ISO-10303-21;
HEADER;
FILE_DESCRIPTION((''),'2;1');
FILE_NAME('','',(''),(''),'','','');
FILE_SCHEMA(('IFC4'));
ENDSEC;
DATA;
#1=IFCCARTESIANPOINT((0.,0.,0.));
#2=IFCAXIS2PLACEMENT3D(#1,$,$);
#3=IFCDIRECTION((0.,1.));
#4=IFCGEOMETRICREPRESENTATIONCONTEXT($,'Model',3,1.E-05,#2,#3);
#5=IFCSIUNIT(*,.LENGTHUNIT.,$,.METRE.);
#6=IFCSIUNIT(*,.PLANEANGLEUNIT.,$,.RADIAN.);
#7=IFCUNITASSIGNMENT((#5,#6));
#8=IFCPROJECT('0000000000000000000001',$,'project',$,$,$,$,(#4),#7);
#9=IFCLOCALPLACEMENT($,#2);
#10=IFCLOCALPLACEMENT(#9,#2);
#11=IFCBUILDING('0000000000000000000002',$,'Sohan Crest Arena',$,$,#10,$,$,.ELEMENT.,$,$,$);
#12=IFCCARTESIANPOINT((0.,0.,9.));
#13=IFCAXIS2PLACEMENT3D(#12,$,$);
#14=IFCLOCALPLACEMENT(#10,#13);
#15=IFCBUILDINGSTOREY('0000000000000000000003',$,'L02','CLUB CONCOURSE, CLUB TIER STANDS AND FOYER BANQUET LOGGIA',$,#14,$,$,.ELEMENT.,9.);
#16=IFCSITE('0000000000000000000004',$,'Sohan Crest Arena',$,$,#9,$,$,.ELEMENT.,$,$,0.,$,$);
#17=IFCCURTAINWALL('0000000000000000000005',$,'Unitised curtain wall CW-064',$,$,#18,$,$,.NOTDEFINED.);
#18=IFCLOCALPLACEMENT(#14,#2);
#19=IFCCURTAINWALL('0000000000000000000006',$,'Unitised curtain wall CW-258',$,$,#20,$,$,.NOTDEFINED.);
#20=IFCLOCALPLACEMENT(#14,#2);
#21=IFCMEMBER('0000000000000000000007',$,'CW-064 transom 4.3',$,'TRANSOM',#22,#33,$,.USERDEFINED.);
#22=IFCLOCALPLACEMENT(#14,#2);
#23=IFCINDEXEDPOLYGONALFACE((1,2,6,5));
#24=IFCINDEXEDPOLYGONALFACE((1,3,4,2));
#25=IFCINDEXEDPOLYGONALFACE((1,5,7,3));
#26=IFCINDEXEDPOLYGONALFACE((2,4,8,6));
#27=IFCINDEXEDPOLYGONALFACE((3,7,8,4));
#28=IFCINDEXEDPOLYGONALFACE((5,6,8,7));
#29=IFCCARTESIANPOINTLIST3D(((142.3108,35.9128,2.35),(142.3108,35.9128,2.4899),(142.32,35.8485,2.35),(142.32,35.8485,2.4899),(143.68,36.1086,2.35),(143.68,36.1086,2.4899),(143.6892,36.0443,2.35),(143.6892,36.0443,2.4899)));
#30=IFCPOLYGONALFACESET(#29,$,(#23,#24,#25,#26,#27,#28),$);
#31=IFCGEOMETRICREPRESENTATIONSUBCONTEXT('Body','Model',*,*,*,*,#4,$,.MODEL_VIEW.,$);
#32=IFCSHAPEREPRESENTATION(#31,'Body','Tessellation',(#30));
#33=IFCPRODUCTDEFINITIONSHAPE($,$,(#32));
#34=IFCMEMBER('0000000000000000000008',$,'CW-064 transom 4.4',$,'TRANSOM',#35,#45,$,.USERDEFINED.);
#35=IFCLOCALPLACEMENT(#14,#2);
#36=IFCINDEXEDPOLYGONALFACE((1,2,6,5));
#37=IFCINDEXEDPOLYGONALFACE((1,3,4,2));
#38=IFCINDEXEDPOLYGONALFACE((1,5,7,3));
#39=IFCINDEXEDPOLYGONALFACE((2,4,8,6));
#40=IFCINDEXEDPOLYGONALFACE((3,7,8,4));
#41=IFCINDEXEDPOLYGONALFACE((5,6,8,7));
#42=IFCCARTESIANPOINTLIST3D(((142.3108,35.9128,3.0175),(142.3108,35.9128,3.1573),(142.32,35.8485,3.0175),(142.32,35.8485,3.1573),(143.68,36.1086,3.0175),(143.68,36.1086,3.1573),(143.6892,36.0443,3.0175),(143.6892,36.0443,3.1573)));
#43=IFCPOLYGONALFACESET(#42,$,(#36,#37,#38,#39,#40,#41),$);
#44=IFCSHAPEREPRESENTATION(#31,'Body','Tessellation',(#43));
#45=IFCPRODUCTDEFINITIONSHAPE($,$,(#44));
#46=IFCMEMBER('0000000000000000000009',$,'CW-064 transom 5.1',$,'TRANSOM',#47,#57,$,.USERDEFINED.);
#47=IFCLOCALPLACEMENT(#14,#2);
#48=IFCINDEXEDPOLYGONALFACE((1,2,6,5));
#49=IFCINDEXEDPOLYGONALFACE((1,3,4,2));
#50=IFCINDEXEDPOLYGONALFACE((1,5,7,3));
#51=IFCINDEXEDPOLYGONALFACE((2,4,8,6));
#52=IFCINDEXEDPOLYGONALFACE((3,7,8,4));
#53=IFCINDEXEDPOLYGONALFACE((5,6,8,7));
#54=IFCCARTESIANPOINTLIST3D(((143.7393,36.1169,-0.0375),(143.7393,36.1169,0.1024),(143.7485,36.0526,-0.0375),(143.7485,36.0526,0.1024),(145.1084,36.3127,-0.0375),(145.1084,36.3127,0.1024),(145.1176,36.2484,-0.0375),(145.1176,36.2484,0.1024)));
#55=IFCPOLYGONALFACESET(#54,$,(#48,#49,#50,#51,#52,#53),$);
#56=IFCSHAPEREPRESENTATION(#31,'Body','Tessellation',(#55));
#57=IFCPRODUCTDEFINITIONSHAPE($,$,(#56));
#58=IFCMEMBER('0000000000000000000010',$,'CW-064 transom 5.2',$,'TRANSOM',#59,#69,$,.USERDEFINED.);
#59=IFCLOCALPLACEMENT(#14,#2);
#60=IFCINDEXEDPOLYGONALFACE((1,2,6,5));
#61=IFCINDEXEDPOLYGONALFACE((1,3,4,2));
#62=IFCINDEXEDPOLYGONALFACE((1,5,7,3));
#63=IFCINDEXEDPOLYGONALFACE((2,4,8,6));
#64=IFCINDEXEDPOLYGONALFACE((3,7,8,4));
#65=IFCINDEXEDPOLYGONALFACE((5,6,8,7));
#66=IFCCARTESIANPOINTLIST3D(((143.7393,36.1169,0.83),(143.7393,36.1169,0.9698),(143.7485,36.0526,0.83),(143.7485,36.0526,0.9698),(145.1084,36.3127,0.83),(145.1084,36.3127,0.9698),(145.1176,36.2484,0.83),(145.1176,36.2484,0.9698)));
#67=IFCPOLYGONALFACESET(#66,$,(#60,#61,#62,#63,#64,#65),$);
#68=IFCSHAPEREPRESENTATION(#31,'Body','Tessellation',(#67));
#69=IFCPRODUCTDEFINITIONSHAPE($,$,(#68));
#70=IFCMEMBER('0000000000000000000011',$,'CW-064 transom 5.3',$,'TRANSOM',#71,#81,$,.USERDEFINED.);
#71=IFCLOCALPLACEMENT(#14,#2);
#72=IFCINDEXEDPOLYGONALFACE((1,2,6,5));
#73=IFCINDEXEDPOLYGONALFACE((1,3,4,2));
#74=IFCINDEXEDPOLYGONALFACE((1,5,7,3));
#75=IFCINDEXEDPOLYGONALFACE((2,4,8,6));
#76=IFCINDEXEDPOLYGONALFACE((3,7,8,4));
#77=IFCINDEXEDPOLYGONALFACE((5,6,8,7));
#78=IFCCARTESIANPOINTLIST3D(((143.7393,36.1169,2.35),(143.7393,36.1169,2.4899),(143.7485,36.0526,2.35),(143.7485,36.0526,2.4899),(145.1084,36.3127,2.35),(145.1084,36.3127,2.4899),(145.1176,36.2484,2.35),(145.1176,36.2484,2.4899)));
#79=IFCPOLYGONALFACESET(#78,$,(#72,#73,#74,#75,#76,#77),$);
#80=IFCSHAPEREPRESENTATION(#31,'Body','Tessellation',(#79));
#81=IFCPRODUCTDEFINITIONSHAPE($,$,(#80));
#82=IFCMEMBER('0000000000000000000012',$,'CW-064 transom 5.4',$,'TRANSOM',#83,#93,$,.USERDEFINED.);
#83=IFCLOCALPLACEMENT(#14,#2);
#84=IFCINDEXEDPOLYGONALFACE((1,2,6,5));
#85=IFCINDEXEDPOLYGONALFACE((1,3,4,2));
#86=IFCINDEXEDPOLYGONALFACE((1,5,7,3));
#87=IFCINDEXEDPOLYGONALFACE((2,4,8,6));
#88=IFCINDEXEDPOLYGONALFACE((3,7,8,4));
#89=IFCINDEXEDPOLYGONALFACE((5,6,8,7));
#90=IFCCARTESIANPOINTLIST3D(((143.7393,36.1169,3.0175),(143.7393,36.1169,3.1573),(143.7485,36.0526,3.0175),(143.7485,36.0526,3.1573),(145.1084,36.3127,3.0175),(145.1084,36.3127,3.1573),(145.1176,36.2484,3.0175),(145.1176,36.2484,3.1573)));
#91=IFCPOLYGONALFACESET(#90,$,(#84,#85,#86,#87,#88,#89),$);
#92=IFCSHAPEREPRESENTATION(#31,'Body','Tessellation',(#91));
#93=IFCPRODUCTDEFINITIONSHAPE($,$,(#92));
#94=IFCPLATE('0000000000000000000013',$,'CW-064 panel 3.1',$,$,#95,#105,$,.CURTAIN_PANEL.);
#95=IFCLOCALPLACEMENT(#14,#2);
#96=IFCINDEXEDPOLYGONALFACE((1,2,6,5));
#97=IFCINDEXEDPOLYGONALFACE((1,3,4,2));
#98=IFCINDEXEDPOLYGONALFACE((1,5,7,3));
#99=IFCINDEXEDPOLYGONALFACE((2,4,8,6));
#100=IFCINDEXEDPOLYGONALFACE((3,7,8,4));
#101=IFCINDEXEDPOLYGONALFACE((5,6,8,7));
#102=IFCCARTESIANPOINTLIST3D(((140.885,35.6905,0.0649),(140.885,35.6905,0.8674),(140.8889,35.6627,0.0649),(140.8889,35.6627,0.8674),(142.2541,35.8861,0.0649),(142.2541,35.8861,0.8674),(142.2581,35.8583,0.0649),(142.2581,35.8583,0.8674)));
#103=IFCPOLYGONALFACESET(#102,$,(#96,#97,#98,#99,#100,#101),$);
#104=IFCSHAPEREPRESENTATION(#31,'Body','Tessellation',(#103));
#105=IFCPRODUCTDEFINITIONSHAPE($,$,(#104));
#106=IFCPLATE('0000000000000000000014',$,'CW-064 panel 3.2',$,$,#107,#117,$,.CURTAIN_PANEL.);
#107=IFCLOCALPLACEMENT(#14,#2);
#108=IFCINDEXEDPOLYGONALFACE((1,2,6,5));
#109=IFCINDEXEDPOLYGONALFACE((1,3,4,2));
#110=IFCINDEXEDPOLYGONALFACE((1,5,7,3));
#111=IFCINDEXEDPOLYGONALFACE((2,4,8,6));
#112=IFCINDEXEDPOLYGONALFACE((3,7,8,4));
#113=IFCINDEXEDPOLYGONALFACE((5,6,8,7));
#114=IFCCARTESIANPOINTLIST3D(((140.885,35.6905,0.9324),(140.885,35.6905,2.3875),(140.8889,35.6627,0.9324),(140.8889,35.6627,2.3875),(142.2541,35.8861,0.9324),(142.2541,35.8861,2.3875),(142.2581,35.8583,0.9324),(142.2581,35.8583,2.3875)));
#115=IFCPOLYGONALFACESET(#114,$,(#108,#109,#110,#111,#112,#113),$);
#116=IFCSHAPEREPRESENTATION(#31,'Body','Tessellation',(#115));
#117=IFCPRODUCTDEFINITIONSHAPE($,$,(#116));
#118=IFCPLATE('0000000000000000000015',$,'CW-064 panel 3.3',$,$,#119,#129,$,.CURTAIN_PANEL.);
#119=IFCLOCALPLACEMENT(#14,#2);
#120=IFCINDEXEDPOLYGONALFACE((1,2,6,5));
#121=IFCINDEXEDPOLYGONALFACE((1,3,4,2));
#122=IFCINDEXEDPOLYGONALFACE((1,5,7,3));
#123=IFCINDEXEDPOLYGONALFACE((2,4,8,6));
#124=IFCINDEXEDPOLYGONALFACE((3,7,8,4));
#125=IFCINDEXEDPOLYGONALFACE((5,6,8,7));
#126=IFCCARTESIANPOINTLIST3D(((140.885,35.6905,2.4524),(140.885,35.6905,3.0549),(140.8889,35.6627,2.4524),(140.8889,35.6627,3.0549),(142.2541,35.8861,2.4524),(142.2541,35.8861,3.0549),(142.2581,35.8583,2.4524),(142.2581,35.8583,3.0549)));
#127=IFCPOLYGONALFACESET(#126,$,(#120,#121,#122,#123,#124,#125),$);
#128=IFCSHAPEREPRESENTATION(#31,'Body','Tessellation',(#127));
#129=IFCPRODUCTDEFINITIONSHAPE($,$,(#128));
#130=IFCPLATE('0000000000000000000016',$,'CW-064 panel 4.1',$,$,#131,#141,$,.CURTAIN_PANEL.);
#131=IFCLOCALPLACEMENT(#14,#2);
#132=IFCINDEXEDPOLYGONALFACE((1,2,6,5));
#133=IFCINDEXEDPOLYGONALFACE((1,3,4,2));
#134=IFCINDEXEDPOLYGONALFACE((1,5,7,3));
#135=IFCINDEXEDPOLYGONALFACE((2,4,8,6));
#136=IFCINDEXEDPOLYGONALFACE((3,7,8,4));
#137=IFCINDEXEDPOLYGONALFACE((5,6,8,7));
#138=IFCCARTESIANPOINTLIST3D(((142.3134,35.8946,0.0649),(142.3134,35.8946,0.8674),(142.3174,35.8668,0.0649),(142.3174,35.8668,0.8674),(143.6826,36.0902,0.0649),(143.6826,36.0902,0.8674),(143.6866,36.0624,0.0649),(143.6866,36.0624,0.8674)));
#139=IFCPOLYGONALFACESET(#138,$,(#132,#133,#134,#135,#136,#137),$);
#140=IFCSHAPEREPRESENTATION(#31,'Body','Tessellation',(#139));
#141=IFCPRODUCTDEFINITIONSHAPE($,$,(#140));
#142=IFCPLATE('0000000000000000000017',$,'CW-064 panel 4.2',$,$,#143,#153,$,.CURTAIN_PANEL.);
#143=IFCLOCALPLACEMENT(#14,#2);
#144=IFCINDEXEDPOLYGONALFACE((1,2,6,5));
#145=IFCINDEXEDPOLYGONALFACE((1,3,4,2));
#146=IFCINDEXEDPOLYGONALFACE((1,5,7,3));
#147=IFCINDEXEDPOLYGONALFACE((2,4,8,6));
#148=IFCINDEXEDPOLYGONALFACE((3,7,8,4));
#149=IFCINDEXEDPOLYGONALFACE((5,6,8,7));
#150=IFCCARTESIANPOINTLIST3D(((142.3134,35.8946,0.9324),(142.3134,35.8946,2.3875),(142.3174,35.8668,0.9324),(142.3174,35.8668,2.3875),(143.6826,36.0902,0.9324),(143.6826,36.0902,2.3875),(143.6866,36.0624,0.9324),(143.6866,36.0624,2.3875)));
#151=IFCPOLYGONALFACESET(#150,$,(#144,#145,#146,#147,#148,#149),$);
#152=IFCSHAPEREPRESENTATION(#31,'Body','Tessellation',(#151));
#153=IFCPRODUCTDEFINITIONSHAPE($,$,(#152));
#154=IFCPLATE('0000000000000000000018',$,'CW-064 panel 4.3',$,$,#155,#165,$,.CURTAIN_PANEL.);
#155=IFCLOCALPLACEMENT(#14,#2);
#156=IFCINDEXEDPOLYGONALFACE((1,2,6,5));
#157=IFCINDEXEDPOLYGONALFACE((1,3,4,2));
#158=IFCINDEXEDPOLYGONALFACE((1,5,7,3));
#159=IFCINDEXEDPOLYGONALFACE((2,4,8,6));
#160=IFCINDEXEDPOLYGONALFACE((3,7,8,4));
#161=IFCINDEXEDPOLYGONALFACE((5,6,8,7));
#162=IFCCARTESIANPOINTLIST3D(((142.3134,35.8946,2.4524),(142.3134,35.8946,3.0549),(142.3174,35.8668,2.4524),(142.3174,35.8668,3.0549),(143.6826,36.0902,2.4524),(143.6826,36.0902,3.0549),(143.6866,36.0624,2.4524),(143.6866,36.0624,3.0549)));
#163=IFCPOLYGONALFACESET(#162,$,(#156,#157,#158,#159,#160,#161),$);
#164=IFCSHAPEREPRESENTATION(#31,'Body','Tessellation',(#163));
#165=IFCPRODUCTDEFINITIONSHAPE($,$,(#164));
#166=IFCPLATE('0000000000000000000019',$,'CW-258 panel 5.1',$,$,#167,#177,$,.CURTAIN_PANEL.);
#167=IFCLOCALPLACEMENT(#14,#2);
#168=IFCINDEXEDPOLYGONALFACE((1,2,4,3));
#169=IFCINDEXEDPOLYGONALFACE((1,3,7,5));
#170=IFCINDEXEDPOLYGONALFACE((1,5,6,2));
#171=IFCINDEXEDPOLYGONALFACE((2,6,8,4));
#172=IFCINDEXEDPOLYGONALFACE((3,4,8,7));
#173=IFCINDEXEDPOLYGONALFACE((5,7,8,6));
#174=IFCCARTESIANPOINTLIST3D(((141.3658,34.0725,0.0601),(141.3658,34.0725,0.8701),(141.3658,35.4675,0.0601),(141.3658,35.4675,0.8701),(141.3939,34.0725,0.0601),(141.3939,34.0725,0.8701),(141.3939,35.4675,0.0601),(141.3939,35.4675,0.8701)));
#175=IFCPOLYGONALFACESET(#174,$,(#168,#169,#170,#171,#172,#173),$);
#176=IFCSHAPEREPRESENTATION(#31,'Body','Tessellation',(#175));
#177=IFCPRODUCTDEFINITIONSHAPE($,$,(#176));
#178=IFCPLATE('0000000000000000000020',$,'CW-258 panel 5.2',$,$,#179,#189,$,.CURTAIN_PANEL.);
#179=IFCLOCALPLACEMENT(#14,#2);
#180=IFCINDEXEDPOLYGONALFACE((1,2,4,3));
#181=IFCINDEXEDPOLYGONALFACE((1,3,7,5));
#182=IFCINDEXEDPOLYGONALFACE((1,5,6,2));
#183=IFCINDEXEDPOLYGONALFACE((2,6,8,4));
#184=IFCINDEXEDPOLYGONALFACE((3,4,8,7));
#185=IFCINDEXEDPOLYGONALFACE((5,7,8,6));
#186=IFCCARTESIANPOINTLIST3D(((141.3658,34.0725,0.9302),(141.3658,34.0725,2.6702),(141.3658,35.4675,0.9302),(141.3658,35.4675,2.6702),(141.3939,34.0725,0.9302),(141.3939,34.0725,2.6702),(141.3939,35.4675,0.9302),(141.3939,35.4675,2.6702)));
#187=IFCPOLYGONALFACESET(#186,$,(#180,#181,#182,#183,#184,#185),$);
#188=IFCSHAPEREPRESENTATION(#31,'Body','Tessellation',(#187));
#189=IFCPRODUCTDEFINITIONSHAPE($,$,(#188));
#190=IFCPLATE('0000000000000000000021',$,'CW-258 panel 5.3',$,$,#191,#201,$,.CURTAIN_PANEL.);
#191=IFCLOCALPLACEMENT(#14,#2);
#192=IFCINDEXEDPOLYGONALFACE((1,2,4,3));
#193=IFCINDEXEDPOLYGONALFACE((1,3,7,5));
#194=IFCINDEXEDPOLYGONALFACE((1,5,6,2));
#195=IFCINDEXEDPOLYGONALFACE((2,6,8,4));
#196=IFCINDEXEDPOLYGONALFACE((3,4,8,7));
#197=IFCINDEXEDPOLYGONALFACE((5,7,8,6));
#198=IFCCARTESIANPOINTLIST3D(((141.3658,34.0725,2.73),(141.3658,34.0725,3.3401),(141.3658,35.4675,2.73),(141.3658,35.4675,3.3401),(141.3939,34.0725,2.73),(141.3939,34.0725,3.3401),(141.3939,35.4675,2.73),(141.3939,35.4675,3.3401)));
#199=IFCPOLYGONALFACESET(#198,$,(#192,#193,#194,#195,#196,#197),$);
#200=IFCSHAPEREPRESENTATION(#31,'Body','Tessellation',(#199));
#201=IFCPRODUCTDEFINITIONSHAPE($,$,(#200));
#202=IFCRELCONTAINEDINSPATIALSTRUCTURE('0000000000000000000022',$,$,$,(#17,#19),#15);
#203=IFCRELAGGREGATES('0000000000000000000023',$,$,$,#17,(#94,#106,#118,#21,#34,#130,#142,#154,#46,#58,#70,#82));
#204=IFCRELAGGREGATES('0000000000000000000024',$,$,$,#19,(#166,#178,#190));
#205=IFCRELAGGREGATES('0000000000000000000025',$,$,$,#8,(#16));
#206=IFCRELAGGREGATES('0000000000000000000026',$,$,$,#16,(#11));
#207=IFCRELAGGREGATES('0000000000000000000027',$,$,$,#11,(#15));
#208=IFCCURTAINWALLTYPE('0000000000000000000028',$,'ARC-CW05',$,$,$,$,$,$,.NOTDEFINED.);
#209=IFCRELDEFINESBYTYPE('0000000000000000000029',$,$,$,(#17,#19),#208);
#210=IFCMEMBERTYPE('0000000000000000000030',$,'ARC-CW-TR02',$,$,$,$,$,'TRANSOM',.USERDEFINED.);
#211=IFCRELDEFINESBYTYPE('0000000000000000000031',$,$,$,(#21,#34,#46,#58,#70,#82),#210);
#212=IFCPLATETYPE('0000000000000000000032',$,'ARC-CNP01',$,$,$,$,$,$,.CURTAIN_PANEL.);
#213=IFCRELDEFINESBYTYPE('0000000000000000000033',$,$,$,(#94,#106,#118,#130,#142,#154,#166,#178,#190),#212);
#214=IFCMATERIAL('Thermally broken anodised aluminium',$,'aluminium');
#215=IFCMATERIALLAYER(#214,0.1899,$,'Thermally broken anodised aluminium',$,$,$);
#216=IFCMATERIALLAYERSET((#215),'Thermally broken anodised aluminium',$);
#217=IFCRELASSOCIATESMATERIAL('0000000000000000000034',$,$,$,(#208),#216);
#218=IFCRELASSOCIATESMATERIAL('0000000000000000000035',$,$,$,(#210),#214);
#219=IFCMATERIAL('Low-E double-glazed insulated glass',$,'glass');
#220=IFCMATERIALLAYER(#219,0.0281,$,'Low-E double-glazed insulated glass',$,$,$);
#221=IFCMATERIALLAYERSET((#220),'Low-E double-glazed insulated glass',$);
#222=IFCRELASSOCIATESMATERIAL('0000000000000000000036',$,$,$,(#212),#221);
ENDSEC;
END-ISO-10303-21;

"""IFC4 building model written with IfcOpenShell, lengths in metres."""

from ifc_helpers import new_model, si_unit, direction, frame, origin, origin_2d, place, context, subcontext, project, spatial, rectangle, extrude, material, layer, layer_set, material_profile, profile_set, type_object, element, aggregate, save


model = new_model("IFC4")

# Units and contexts
model_context = context("Model", 3, precision=1e-05, world=origin(), true_north=direction((0.0, 1.0)))
body_context = subcontext(model_context, "Body", "Model", "MODEL_VIEW")
ifc_project = project(units=[si_unit("LENGTHUNIT", "METRE"), si_unit("PLANEANGLEUNIT", "RADIAN")], contexts=[model_context])

# Site, building, storey
site_placement = place(None, origin())
site = spatial("IfcSite", under=ifc_project, at=site_placement, Name="Sohan Crest Arena", CompositionType="ELEMENT", RefElevation=0.0)
building_placement = place(site_placement, origin())
building = spatial("IfcBuilding", under=site, at=building_placement, Name="Sohan Crest Arena", CompositionType="ELEMENT")
storey_placement = place(building_placement, frame((0.0, 0.0, 9.0)))
storey = spatial("IfcBuildingStorey", under=building, at=storey_placement, Name="L02", Description="CLUB CONCOURSE, CLUB TIER STANDS AND FOYER BANQUET LOGGIA", CompositionType="ELEMENT", Elevation=9.0)

# Curtain walls
ifc_material_1 = material(Name="Thermally broken anodised aluminium", Category="aluminium")
ifc_layer_1 = layer(ifc_material_1, 0.1899, Name="Thermally broken anodised aluminium")
ifc_layer_set_1 = layer_set([ifc_layer_1], Name="Thermally broken anodised aluminium")
curtain_wall_type = type_object("IfcCurtainWallType", Name="ARC-CW05", PredefinedType="NOTDEFINED", material=ifc_layer_set_1)
curtain_wall_1_placement = place(storey_placement, origin())
curtain_wall_1 = element("IfcCurtainWall", 1, at=curtain_wall_1_placement, inside=storey, type_object=curtain_wall_type, Name="Unitised curtain wall CW-064", PredefinedType="NOTDEFINED")
curtain_wall_2_placement = place(storey_placement, origin())
curtain_wall_2 = element("IfcCurtainWall", 2, at=curtain_wall_2_placement, inside=storey, type_object=curtain_wall_type, Name="Unitised curtain wall CW-258", PredefinedType="NOTDEFINED")

# Members
ifc_material_profile_1 = material_profile(ifc_material_1, rectangle(XDim=0.0649, YDim=0.1399, at=origin_2d()), Name="ALU-TRAN 65x140")
ifc_profile_set_1 = profile_set([ifc_material_profile_1], Name="Thermally broken anodised aluminium")
member_type_1 = type_object("IfcMemberType", Name="ARC-CW-TR02", ElementType="TRANSOM", PredefinedType="USERDEFINED", material=ifc_profile_set_1)
member_1_placement = place(storey_placement, frame((142.3154, 35.8806, 2.4199), z_axis=(0.989928, 0.14157, 0.0), x_axis=(-0.14157, 0.989928, 0.0)))
member_1 = element("IfcMember", 3, at=member_1_placement, type_object=member_type_1, Name="CW-064 transom 4.3", ObjectType="TRANSOM", PredefinedType="USERDEFINED", context=body_context, shape_type="SweptSolid", body=[
    extrude(rectangle(XDim=0.0649, YDim=0.1399, at=origin_2d()), origin(), (0.0, 0.0, 1.0), 1.3831),
])
member_2_placement = place(storey_placement, frame((142.3154, 35.8806, 3.0874), z_axis=(0.989928, 0.14157, 0.0), x_axis=(-0.14157, 0.989928, 0.0)))
member_2 = element("IfcMember", 4, at=member_2_placement, type_object=member_type_1, Name="CW-064 transom 4.4", ObjectType="TRANSOM", PredefinedType="USERDEFINED", context=body_context, shape_type="SweptSolid", body=[
    extrude(rectangle(XDim=0.0649, YDim=0.1399, at=origin_2d()), origin(), (0.0, 0.0, 1.0), 1.3831),
])
member_3_placement = place(storey_placement, frame((143.7439, 36.0847, 0.0325), z_axis=(0.989928, 0.14157, 0.0), x_axis=(-0.14157, 0.989928, 0.0)))
member_3 = element("IfcMember", 5, at=member_3_placement, type_object=member_type_1, Name="CW-064 transom 5.1", ObjectType="TRANSOM", PredefinedType="USERDEFINED", context=body_context, shape_type="SweptSolid", body=[
    extrude(rectangle(XDim=0.0649, YDim=0.1399, at=origin_2d()), origin(), (0.0, 0.0, 1.0), 1.3831),
])
member_4_placement = place(storey_placement, frame((143.7439, 36.0847, 0.8999), z_axis=(0.989928, 0.14157, 0.0), x_axis=(-0.14157, 0.989928, 0.0)))
member_4 = element("IfcMember", 6, at=member_4_placement, type_object=member_type_1, Name="CW-064 transom 5.2", ObjectType="TRANSOM", PredefinedType="USERDEFINED", context=body_context, shape_type="SweptSolid", body=[
    extrude(rectangle(XDim=0.0649, YDim=0.1399, at=origin_2d()), origin(), (0.0, 0.0, 1.0), 1.3831),
])
member_5_placement = place(storey_placement, frame((143.7439, 36.0847, 2.4199), z_axis=(0.989928, 0.14157, 0.0), x_axis=(-0.14157, 0.989928, 0.0)))
member_5 = element("IfcMember", 7, at=member_5_placement, type_object=member_type_1, Name="CW-064 transom 5.3", ObjectType="TRANSOM", PredefinedType="USERDEFINED", context=body_context, shape_type="SweptSolid", body=[
    extrude(rectangle(XDim=0.0649, YDim=0.1399, at=origin_2d()), origin(), (0.0, 0.0, 1.0), 1.3831),
])
member_6_placement = place(storey_placement, frame((143.7439, 36.0847, 3.0874), z_axis=(0.989928, 0.14157, 0.0), x_axis=(-0.14157, 0.989928, 0.0)))
member_6 = element("IfcMember", 8, at=member_6_placement, type_object=member_type_1, Name="CW-064 transom 5.4", ObjectType="TRANSOM", PredefinedType="USERDEFINED", context=body_context, shape_type="SweptSolid", body=[
    extrude(rectangle(XDim=0.0649, YDim=0.1399, at=origin_2d()), origin(), (0.0, 0.0, 1.0), 1.3831),
])

# Plates
ifc_material_2 = material(Name="Low-E double-glazed insulated glass", Category="glass")
ifc_layer_2 = layer(ifc_material_2, 0.0281, Name="Low-E double-glazed insulated glass")
ifc_layer_set_2 = layer_set([ifc_layer_2], Name="Low-E double-glazed insulated glass")
plate_type = type_object("IfcPlateType", Name="ARC-CNP01", PredefinedType="CURTAIN_PANEL", material=ifc_layer_set_2)
plate_1_placement = place(storey_placement, frame((141.5715, 35.7744, 0.0649), z_axis=(0.0, 0.0, 1.0), x_axis=(0.989944, 0.141463, 0.0)))
plate_1 = element("IfcPlate", 9, at=plate_1_placement, type_object=plate_type, Name="CW-064 panel 3.1", PredefinedType="CURTAIN_PANEL", context=body_context, shape_type="SweptSolid", body=[
    extrude(rectangle(XDim=1.3831, YDim=0.0281, at=origin_2d()), origin(), (0.0, 0.0, 1.0), 0.8025),
])
plate_2_placement = place(storey_placement, frame((141.5715, 35.7744, 0.9324), z_axis=(0.0, 0.0, 1.0), x_axis=(0.989944, 0.141463, 0.0)))
plate_2 = element("IfcPlate", 10, at=plate_2_placement, type_object=plate_type, Name="CW-064 panel 3.2", PredefinedType="CURTAIN_PANEL", context=body_context, shape_type="SweptSolid", body=[
    extrude(rectangle(XDim=1.3831, YDim=0.0281, at=origin_2d()), origin(), (0.0, 0.0, 1.0), 1.4551),
])
plate_3_placement = place(storey_placement, frame((141.5715, 35.7744, 2.4524), z_axis=(0.0, 0.0, 1.0), x_axis=(0.989944, 0.141463, 0.0)))
plate_3 = element("IfcPlate", 11, at=plate_3_placement, type_object=plate_type, Name="CW-064 panel 3.3", PredefinedType="CURTAIN_PANEL", context=body_context, shape_type="SweptSolid", body=[
    extrude(rectangle(XDim=1.3831, YDim=0.0281, at=origin_2d()), origin(), (0.0, 0.0, 1.0), 0.6025),
])
plate_4_placement = place(storey_placement, frame((143.0, 35.9785, 0.0649), z_axis=(0.0, 0.0, 1.0), x_axis=(0.989944, 0.141463, 0.0)))
plate_4 = element("IfcPlate", 12, at=plate_4_placement, type_object=plate_type, Name="CW-064 panel 4.1", PredefinedType="CURTAIN_PANEL", context=body_context, shape_type="SweptSolid", body=[
    extrude(rectangle(XDim=1.3831, YDim=0.0281, at=origin_2d()), origin(), (0.0, 0.0, 1.0), 0.8025),
])
plate_5_placement = place(storey_placement, frame((143.0, 35.9785, 0.9324), z_axis=(0.0, 0.0, 1.0), x_axis=(0.989944, 0.141463, 0.0)))
plate_5 = element("IfcPlate", 13, at=plate_5_placement, type_object=plate_type, Name="CW-064 panel 4.2", PredefinedType="CURTAIN_PANEL", context=body_context, shape_type="SweptSolid", body=[
    extrude(rectangle(XDim=1.3831, YDim=0.0281, at=origin_2d()), origin(), (0.0, 0.0, 1.0), 1.4551),
])
plate_6_placement = place(storey_placement, frame((143.0, 35.9785, 2.4524), z_axis=(0.0, 0.0, 1.0), x_axis=(0.989944, 0.141463, 0.0)))
plate_6 = element("IfcPlate", 14, at=plate_6_placement, type_object=plate_type, Name="CW-064 panel 4.3", PredefinedType="CURTAIN_PANEL", context=body_context, shape_type="SweptSolid", body=[
    extrude(rectangle(XDim=1.3831, YDim=0.0281, at=origin_2d()), origin(), (0.0, 0.0, 1.0), 0.6025),
])
aggregate(curtain_wall_1, [plate_1, plate_2, plate_3, member_1, member_2, plate_4, plate_5, plate_6, member_3, member_4, member_5, member_6])
plate_7_placement = place(storey_placement, frame((141.3799, 34.77, 0.0601), z_axis=(0.0, 0.0, 1.0), x_axis=(0.0, 1.0, 0.0)))
plate_7 = element("IfcPlate", 15, at=plate_7_placement, type_object=plate_type, Name="CW-258 panel 5.1", PredefinedType="CURTAIN_PANEL", context=body_context, shape_type="SweptSolid", body=[
    extrude(rectangle(XDim=1.395, YDim=0.0281, at=origin_2d()), origin(), (0.0, 0.0, 1.0), 0.8101),
])
plate_8_placement = place(storey_placement, frame((141.3799, 34.77, 0.9302), z_axis=(0.0, 0.0, 1.0), x_axis=(0.0, 1.0, 0.0)))
plate_8 = element("IfcPlate", 16, at=plate_8_placement, type_object=plate_type, Name="CW-258 panel 5.2", PredefinedType="CURTAIN_PANEL", context=body_context, shape_type="SweptSolid", body=[
    extrude(rectangle(XDim=1.395, YDim=0.0281, at=origin_2d()), origin(), (0.0, 0.0, 1.0), 1.74),
])
plate_9_placement = place(storey_placement, frame((141.3799, 34.77, 2.73), z_axis=(0.0, 0.0, 1.0), x_axis=(0.0, 1.0, 0.0)))
plate_9 = element("IfcPlate", 17, at=plate_9_placement, type_object=plate_type, Name="CW-258 panel 5.3", PredefinedType="CURTAIN_PANEL", context=body_context, shape_type="SweptSolid", body=[
    extrude(rectangle(XDim=1.395, YDim=0.0281, at=origin_2d()), origin(), (0.0, 0.0, 1.0), 0.6101),
])
aggregate(curtain_wall_2, [plate_7, plate_8, plate_9])

save(model, "model.ifc")
